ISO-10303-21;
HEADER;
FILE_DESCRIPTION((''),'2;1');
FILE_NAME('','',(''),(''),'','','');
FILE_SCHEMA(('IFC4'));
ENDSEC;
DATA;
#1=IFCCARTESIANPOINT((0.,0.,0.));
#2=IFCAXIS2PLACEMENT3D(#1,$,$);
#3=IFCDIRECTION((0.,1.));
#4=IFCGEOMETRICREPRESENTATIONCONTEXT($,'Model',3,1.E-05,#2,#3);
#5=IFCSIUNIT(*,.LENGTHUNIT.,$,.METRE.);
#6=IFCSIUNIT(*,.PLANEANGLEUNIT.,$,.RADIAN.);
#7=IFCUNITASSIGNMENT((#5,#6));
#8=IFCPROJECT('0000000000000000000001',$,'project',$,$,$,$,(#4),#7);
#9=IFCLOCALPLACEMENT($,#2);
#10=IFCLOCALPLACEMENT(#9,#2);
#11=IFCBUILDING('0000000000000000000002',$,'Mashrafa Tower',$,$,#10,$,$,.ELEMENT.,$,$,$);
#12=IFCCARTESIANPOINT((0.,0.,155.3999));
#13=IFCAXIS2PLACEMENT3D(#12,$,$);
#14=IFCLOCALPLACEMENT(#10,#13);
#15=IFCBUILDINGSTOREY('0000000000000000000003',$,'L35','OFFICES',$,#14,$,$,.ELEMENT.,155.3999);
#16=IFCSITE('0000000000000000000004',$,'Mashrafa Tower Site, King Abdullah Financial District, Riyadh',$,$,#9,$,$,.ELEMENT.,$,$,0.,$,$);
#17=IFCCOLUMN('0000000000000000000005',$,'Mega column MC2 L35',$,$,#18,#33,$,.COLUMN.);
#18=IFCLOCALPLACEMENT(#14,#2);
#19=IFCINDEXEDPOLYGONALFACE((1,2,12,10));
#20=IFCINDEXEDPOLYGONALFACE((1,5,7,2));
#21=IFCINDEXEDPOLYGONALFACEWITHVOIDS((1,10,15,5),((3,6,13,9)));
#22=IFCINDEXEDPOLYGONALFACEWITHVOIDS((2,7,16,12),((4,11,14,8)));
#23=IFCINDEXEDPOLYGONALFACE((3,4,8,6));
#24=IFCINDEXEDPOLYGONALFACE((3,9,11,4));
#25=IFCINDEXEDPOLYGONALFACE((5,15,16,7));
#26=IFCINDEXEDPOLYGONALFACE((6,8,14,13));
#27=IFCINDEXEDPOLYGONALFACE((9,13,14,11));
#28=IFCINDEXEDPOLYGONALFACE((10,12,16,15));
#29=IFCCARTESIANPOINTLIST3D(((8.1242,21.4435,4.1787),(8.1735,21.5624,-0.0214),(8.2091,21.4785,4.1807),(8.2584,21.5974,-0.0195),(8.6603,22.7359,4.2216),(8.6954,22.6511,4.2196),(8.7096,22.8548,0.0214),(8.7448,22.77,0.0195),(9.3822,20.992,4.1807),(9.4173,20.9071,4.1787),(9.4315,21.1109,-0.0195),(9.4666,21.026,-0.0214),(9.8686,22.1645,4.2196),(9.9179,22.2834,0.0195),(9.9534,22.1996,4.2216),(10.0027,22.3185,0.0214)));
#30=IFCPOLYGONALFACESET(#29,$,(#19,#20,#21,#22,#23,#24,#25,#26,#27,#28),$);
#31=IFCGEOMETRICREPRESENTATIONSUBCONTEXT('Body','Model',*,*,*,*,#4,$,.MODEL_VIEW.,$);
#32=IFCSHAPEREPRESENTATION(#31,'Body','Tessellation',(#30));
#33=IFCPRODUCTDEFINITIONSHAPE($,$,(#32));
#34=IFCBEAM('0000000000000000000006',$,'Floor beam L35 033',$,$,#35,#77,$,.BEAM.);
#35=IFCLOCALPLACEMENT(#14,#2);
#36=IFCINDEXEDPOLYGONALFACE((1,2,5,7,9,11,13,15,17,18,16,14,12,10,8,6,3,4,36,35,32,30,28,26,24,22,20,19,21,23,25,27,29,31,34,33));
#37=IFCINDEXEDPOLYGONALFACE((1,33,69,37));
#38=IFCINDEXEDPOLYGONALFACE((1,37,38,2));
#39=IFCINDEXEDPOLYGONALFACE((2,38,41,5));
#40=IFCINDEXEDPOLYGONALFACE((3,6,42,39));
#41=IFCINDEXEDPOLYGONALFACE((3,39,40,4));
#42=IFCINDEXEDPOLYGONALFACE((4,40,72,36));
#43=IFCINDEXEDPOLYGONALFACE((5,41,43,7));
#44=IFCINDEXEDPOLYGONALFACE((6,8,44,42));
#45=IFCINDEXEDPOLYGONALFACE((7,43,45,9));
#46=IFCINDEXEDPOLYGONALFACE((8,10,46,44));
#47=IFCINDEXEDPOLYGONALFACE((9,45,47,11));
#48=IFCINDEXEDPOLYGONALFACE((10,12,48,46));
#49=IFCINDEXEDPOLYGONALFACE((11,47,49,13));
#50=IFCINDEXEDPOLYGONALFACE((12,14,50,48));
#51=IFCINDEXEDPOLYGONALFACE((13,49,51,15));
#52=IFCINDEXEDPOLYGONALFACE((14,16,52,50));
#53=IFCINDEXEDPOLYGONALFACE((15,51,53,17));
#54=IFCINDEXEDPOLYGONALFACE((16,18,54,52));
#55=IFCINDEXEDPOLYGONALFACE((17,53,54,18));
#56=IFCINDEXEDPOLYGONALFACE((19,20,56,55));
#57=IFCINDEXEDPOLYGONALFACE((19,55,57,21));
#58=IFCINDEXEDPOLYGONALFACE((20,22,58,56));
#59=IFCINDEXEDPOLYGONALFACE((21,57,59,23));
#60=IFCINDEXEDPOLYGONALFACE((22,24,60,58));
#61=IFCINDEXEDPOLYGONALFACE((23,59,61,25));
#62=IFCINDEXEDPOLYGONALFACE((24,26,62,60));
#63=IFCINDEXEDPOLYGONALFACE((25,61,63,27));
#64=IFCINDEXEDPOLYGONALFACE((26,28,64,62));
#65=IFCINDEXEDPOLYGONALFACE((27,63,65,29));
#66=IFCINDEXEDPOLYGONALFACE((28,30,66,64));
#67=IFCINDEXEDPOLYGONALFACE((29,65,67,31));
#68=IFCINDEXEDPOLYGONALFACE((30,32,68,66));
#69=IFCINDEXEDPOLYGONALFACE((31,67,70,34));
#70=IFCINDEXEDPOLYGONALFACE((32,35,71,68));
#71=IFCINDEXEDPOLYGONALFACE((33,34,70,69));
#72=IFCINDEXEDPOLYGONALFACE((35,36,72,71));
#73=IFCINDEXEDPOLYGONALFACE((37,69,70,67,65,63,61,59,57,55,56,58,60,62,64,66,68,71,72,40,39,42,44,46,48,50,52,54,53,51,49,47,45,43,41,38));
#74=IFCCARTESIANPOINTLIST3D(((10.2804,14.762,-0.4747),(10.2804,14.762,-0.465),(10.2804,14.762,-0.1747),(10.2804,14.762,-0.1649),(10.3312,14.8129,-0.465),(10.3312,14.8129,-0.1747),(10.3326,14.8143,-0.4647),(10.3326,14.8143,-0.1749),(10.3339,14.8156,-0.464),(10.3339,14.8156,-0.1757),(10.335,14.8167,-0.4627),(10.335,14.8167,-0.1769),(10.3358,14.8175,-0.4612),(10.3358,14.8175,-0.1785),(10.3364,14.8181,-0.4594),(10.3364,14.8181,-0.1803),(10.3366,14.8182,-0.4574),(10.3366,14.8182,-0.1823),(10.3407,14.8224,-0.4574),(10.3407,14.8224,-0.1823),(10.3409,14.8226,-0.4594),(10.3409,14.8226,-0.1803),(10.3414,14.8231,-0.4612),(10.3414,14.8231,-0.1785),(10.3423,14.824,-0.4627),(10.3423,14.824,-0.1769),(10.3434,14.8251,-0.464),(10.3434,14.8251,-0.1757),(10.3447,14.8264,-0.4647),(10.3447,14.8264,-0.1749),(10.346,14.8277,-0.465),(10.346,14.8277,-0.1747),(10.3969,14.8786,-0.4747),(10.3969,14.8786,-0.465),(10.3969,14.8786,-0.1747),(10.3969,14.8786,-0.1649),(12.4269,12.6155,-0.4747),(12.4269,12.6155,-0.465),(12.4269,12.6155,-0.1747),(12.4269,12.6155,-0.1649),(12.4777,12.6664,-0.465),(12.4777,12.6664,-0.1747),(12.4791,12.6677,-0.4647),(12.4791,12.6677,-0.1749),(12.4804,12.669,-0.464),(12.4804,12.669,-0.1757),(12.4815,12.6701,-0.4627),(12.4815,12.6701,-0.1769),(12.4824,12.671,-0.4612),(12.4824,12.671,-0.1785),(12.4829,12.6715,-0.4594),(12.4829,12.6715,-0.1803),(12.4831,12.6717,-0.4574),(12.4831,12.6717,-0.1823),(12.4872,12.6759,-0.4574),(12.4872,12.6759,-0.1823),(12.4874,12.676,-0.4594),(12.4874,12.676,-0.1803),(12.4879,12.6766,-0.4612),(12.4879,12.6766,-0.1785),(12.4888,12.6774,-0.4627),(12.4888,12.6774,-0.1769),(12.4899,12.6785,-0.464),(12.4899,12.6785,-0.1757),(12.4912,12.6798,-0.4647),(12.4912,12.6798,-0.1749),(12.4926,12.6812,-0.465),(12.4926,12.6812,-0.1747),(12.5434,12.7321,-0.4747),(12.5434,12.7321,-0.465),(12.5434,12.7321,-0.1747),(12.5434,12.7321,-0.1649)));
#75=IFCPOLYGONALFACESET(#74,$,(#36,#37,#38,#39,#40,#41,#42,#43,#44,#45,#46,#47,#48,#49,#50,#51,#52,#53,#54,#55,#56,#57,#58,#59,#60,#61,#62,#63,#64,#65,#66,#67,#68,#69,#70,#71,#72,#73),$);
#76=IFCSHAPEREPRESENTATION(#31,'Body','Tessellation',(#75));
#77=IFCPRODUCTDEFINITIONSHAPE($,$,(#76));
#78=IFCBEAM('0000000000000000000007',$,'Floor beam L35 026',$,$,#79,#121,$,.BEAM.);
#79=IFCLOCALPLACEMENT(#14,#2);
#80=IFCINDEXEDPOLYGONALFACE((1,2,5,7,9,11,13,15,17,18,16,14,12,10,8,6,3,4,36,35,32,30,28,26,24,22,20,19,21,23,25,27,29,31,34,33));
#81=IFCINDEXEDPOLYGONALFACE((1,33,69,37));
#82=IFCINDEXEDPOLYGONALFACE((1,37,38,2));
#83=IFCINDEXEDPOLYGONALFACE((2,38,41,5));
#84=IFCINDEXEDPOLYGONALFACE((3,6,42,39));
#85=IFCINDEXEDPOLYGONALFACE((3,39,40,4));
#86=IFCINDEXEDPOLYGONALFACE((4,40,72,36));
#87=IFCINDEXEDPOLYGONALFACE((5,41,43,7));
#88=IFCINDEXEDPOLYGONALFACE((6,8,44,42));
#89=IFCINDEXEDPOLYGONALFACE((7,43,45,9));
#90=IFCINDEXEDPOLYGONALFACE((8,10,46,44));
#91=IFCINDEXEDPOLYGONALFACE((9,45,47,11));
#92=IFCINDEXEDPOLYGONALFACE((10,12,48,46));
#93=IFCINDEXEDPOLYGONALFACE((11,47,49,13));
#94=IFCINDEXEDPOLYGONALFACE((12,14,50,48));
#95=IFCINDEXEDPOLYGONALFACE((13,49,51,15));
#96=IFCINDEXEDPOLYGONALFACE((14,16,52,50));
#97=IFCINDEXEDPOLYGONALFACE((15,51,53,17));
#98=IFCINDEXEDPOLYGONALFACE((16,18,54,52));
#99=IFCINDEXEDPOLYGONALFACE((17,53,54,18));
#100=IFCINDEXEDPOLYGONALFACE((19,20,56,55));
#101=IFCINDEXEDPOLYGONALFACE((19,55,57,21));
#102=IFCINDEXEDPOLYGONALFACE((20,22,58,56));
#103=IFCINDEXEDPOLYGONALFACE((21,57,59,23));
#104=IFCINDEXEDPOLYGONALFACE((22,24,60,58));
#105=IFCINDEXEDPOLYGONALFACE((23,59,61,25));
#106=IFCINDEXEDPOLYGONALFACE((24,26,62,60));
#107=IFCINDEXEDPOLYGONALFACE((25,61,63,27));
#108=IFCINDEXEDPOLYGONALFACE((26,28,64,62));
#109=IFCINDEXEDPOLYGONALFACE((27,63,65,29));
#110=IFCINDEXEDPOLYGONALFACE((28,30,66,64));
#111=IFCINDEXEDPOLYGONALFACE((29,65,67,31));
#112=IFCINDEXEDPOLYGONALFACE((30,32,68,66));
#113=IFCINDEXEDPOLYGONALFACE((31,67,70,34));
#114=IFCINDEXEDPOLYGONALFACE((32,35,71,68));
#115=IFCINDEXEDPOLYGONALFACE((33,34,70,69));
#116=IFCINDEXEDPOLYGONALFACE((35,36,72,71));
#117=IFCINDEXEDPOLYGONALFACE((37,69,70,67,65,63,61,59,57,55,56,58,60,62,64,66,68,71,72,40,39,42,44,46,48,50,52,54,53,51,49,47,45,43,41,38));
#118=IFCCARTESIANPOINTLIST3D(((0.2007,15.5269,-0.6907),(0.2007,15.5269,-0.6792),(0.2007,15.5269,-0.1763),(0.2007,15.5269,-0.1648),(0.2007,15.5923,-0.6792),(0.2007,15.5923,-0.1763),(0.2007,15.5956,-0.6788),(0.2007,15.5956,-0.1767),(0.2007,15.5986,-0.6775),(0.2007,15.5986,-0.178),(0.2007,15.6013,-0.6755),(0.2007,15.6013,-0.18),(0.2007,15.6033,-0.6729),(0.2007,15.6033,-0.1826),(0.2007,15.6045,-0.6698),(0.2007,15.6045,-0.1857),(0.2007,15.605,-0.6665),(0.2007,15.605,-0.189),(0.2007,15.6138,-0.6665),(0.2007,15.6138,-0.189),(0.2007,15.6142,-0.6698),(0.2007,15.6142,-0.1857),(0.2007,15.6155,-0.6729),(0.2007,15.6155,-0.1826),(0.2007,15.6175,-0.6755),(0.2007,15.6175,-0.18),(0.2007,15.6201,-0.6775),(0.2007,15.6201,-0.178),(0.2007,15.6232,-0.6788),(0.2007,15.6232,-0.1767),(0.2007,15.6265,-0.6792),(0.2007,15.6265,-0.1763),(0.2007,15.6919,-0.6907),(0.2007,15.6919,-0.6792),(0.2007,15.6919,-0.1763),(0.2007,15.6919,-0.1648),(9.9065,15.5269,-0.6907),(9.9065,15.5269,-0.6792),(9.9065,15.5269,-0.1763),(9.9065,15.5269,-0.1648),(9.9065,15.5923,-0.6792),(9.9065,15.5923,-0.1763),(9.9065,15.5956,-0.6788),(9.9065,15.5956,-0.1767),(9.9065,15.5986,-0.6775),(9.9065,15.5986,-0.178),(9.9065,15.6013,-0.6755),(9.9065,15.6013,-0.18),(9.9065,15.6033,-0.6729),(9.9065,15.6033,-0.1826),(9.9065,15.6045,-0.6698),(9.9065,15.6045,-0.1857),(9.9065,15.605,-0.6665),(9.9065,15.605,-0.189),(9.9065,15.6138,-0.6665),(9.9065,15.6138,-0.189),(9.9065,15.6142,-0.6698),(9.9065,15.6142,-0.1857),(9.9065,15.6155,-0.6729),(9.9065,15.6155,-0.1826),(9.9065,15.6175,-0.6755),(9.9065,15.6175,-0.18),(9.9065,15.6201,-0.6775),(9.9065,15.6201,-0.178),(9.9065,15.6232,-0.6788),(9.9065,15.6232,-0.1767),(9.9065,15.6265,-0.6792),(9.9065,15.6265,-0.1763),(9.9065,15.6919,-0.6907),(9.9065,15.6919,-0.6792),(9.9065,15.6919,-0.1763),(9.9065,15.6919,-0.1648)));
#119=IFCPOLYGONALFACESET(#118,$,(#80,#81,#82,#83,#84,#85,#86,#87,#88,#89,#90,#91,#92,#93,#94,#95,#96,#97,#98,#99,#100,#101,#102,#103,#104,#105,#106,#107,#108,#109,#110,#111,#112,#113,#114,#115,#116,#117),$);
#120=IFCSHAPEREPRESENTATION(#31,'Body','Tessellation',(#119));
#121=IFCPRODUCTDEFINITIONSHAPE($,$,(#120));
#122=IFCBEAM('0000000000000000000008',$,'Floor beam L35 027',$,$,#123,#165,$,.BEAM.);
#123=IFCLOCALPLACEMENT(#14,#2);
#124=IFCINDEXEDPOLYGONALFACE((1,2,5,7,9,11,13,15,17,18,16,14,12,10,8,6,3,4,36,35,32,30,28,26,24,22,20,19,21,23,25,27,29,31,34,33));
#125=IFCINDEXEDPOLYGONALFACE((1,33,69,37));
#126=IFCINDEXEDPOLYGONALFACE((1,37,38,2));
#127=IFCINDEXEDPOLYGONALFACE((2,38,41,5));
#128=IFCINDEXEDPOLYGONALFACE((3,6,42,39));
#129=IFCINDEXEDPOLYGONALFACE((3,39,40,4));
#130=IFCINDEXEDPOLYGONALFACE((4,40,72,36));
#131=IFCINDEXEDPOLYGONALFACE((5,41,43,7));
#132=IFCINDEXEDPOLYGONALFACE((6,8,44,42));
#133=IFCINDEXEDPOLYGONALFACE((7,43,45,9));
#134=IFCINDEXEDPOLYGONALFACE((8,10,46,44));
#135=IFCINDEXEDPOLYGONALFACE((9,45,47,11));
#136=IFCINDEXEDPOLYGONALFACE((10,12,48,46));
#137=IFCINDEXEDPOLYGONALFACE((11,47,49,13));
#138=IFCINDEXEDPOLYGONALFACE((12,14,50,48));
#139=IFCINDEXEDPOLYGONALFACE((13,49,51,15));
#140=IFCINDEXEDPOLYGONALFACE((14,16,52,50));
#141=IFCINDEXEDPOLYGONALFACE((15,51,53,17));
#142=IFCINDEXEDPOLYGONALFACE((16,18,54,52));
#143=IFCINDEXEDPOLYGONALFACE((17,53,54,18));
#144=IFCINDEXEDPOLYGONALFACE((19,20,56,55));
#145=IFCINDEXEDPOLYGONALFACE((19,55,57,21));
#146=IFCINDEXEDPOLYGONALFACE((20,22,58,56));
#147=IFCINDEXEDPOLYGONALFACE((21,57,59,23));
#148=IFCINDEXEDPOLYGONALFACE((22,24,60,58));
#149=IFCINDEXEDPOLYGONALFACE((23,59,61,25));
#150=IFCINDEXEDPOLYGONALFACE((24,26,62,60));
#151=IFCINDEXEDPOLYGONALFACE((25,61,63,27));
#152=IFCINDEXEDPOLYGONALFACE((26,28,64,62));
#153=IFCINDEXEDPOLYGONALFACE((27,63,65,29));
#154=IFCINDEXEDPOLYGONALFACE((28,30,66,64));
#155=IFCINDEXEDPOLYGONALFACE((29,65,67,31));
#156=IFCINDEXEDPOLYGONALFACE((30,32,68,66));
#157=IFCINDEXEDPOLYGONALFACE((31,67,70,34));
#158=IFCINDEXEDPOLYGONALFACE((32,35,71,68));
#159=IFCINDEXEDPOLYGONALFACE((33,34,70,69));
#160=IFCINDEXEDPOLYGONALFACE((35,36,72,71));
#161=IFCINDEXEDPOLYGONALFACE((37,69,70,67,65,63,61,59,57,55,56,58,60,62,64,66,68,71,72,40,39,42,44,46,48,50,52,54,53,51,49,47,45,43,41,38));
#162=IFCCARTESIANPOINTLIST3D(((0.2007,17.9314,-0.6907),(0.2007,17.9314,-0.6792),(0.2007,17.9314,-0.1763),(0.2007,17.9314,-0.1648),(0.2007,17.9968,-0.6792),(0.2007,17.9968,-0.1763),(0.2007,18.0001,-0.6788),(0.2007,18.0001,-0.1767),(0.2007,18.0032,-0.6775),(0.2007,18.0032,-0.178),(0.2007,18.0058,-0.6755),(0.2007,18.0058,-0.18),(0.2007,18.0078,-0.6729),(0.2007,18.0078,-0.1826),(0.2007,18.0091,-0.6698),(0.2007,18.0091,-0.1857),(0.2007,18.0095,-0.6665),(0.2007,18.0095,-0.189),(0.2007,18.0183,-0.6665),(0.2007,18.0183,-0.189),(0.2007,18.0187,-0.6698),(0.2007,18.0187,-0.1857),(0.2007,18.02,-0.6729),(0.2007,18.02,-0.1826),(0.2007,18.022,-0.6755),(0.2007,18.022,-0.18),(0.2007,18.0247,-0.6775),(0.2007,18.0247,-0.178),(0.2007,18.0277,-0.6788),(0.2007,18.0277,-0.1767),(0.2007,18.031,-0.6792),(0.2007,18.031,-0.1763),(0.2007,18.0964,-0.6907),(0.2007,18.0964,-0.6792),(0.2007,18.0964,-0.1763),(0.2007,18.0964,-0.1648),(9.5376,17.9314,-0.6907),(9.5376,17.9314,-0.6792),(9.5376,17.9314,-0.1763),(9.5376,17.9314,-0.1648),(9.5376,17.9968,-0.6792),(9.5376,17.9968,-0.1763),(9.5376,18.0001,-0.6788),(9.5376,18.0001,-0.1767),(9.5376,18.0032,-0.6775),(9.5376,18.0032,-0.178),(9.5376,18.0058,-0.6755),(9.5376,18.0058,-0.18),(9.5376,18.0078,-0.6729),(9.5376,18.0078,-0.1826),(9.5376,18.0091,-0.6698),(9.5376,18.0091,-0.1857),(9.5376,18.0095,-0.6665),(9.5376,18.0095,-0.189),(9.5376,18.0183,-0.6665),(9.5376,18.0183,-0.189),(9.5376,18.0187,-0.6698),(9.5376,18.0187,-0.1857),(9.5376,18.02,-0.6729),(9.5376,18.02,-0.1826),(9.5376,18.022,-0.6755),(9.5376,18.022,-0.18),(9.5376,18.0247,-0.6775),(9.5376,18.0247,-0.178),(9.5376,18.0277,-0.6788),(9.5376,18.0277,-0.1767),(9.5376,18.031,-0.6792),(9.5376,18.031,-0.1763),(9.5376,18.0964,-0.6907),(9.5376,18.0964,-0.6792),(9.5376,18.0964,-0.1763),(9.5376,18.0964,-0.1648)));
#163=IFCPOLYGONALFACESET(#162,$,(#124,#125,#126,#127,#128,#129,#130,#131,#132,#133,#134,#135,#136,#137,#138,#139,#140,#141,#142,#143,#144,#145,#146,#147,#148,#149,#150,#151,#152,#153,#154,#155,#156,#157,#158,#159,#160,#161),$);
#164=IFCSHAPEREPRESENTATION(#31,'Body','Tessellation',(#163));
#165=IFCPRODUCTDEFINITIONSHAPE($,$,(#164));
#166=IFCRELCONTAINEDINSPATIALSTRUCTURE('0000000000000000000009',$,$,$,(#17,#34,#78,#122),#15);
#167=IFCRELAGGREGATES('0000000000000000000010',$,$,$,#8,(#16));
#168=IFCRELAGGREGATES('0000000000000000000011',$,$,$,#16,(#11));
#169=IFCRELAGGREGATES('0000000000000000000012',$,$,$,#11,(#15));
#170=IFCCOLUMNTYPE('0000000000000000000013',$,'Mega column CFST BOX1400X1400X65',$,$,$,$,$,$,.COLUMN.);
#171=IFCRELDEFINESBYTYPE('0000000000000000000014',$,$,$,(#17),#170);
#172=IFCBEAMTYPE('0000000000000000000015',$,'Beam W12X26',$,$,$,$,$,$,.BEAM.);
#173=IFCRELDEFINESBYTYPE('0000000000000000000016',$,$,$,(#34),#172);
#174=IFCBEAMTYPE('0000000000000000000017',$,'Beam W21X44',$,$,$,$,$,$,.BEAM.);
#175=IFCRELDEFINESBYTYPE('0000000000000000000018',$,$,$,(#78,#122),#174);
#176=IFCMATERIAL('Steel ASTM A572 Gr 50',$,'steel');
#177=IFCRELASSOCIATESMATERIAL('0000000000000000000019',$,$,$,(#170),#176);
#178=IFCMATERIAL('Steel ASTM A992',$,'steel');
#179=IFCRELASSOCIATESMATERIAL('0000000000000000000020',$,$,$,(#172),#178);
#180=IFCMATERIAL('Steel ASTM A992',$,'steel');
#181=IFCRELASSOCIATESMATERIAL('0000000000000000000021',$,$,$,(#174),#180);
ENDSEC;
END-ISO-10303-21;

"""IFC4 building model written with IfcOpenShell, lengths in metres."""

from ifc_helpers import new_model, si_unit, direction, frame, origin, origin_2d, place, context, subcontext, project, spatial, hollow_rectangle, i_section, extrude, material, material_profile, profile_set, type_object, element, save


model = new_model("IFC4")

# Units and contexts
model_context = context("Model", 3, precision=1e-05, world=origin(), true_north=direction((0.0, 1.0)))
body_context = subcontext(model_context, "Body", "Model", "MODEL_VIEW")
ifc_project = project(units=[si_unit("LENGTHUNIT", "METRE"), si_unit("PLANEANGLEUNIT", "RADIAN")], contexts=[model_context])

# Site, building, storey
site_placement = place(None, origin())
site = spatial("IfcSite", under=ifc_project, at=site_placement, Name="Mashrafa Tower Site, King Abdullah Financial District, Riyadh", CompositionType="ELEMENT", RefElevation=0.0)
building_placement = place(site_placement, origin())
building = spatial("IfcBuilding", under=site, at=building_placement, Name="Mashrafa Tower", CompositionType="ELEMENT")
storey_placement = place(building_placement, frame((0.0, 0.0, 155.3999)))
storey = spatial("IfcBuildingStorey", under=building, at=storey_placement, Name="L35", Description="OFFICES", CompositionType="ELEMENT", Elevation=155.3999)

# Column
ifc_material_1 = material(Name="Steel ASTM A572 Gr 50", Category="steel")
ifc_material_profile_1 = material_profile(ifc_material_1, hollow_rectangle(XDim=1.3999, YDim=1.3999, WallThickness=0.0649, at=origin_2d()), Name="BOX1400X1400X65")
ifc_profile_set_1 = profile_set([ifc_material_profile_1], Name="Steel ASTM A572 Gr 50")
column_type = type_object("IfcColumnType", Name="Mega column CFST BOX1400X1400X65", PredefinedType="COLUMN", material=ifc_profile_set_1)
column_placement = place(storey_placement, frame((9.0881, 21.9404, 0.0), z_axis=(-0.011736, -0.028294, 0.999531), x_axis=(0.923693, -0.383133, 0.0)))
element("IfcColumn", 1, at=column_placement, inside=storey, type_object=column_type, Name="Mega column MC2 L35", PredefinedType="COLUMN", context=body_context, shape_type="SweptSolid", body=[
    extrude(hollow_rectangle(XDim=1.3999, YDim=1.3999, WallThickness=0.0649, at=origin_2d()), origin(), (0.0, 0.0, 1.0), 4.2021),
])

# Beams
ifc_material_2 = material(Name="Steel ASTM A992", Category="steel")
ifc_material_profile_2 = material_profile(ifc_material_2, i_section(OverallWidth=0.1648, OverallDepth=0.3098, WebThickness=0.0059, FlangeThickness=0.0098, FilletRadius=0.0076, at=origin_2d()), Name="W12X26")
ifc_profile_set_2 = profile_set([ifc_material_profile_2], Name="Steel ASTM A992")
beam_type_1 = type_object("IfcBeamType", Name="Beam W12X26", PredefinedType="BEAM", material=ifc_profile_set_2)
beam_1_placement = place(storey_placement, frame((10.3386, 14.8203, -0.3198), z_axis=(0.707107, -0.707107, 0.0), x_axis=(0.707107, 0.707107, 0.0)))
element("IfcBeam", 2, at=beam_1_placement, inside=storey, type_object=beam_type_1, Name="Floor beam L35 033", PredefinedType="BEAM", context=body_context, shape_type="SweptSolid", body=[
    extrude(i_section(OverallWidth=0.1648, OverallDepth=0.3098, WebThickness=0.0059, FlangeThickness=0.0098, FilletRadius=0.0076, at=origin_2d()), origin(), (0.0, 0.0, 1.0), 3.0356),
])
ifc_material_3 = material(Name="Steel ASTM A992", Category="steel")
ifc_material_profile_3 = material_profile(ifc_material_3, i_section(OverallWidth=0.165, OverallDepth=0.5259, WebThickness=0.0088, FlangeThickness=0.0115, FilletRadius=0.0127, at=origin_2d()), Name="W21X44")
ifc_profile_set_3 = profile_set([ifc_material_profile_3], Name="Steel ASTM A992")
beam_type_2 = type_object("IfcBeamType", Name="Beam W21X44", PredefinedType="BEAM", material=ifc_profile_set_3)
beam_2_placement = place(storey_placement, frame((0.2007, 15.6094, -0.4277), z_axis=(1.0, 0.0, 0.0), x_axis=(0.0, 1.0, 0.0)))
element("IfcBeam", 3, at=beam_2_placement, inside=storey, type_object=beam_type_2, Name="Floor beam L35 026", PredefinedType="BEAM", context=body_context, shape_type="SweptSolid", body=[
    extrude(i_section(OverallWidth=0.165, OverallDepth=0.5259, WebThickness=0.0088, FlangeThickness=0.0115, FilletRadius=0.0127, at=origin_2d()), origin(), (0.0, 0.0, 1.0), 9.7058),
])
beam_3_placement = place(storey_placement, frame((0.2007, 18.0139, -0.4277), z_axis=(1.0, 0.0, 0.0), x_axis=(0.0, 1.0, 0.0)))
element("IfcBeam", 4, at=beam_3_placement, inside=storey, type_object=beam_type_2, Name="Floor beam L35 027", PredefinedType="BEAM", context=body_context, shape_type="SweptSolid", body=[
    extrude(i_section(OverallWidth=0.165, OverallDepth=0.5259, WebThickness=0.0088, FlangeThickness=0.0115, FilletRadius=0.0127, at=origin_2d()), origin(), (0.0, 0.0, 1.0), 9.3369),
])

save(model, "model.ifc")
